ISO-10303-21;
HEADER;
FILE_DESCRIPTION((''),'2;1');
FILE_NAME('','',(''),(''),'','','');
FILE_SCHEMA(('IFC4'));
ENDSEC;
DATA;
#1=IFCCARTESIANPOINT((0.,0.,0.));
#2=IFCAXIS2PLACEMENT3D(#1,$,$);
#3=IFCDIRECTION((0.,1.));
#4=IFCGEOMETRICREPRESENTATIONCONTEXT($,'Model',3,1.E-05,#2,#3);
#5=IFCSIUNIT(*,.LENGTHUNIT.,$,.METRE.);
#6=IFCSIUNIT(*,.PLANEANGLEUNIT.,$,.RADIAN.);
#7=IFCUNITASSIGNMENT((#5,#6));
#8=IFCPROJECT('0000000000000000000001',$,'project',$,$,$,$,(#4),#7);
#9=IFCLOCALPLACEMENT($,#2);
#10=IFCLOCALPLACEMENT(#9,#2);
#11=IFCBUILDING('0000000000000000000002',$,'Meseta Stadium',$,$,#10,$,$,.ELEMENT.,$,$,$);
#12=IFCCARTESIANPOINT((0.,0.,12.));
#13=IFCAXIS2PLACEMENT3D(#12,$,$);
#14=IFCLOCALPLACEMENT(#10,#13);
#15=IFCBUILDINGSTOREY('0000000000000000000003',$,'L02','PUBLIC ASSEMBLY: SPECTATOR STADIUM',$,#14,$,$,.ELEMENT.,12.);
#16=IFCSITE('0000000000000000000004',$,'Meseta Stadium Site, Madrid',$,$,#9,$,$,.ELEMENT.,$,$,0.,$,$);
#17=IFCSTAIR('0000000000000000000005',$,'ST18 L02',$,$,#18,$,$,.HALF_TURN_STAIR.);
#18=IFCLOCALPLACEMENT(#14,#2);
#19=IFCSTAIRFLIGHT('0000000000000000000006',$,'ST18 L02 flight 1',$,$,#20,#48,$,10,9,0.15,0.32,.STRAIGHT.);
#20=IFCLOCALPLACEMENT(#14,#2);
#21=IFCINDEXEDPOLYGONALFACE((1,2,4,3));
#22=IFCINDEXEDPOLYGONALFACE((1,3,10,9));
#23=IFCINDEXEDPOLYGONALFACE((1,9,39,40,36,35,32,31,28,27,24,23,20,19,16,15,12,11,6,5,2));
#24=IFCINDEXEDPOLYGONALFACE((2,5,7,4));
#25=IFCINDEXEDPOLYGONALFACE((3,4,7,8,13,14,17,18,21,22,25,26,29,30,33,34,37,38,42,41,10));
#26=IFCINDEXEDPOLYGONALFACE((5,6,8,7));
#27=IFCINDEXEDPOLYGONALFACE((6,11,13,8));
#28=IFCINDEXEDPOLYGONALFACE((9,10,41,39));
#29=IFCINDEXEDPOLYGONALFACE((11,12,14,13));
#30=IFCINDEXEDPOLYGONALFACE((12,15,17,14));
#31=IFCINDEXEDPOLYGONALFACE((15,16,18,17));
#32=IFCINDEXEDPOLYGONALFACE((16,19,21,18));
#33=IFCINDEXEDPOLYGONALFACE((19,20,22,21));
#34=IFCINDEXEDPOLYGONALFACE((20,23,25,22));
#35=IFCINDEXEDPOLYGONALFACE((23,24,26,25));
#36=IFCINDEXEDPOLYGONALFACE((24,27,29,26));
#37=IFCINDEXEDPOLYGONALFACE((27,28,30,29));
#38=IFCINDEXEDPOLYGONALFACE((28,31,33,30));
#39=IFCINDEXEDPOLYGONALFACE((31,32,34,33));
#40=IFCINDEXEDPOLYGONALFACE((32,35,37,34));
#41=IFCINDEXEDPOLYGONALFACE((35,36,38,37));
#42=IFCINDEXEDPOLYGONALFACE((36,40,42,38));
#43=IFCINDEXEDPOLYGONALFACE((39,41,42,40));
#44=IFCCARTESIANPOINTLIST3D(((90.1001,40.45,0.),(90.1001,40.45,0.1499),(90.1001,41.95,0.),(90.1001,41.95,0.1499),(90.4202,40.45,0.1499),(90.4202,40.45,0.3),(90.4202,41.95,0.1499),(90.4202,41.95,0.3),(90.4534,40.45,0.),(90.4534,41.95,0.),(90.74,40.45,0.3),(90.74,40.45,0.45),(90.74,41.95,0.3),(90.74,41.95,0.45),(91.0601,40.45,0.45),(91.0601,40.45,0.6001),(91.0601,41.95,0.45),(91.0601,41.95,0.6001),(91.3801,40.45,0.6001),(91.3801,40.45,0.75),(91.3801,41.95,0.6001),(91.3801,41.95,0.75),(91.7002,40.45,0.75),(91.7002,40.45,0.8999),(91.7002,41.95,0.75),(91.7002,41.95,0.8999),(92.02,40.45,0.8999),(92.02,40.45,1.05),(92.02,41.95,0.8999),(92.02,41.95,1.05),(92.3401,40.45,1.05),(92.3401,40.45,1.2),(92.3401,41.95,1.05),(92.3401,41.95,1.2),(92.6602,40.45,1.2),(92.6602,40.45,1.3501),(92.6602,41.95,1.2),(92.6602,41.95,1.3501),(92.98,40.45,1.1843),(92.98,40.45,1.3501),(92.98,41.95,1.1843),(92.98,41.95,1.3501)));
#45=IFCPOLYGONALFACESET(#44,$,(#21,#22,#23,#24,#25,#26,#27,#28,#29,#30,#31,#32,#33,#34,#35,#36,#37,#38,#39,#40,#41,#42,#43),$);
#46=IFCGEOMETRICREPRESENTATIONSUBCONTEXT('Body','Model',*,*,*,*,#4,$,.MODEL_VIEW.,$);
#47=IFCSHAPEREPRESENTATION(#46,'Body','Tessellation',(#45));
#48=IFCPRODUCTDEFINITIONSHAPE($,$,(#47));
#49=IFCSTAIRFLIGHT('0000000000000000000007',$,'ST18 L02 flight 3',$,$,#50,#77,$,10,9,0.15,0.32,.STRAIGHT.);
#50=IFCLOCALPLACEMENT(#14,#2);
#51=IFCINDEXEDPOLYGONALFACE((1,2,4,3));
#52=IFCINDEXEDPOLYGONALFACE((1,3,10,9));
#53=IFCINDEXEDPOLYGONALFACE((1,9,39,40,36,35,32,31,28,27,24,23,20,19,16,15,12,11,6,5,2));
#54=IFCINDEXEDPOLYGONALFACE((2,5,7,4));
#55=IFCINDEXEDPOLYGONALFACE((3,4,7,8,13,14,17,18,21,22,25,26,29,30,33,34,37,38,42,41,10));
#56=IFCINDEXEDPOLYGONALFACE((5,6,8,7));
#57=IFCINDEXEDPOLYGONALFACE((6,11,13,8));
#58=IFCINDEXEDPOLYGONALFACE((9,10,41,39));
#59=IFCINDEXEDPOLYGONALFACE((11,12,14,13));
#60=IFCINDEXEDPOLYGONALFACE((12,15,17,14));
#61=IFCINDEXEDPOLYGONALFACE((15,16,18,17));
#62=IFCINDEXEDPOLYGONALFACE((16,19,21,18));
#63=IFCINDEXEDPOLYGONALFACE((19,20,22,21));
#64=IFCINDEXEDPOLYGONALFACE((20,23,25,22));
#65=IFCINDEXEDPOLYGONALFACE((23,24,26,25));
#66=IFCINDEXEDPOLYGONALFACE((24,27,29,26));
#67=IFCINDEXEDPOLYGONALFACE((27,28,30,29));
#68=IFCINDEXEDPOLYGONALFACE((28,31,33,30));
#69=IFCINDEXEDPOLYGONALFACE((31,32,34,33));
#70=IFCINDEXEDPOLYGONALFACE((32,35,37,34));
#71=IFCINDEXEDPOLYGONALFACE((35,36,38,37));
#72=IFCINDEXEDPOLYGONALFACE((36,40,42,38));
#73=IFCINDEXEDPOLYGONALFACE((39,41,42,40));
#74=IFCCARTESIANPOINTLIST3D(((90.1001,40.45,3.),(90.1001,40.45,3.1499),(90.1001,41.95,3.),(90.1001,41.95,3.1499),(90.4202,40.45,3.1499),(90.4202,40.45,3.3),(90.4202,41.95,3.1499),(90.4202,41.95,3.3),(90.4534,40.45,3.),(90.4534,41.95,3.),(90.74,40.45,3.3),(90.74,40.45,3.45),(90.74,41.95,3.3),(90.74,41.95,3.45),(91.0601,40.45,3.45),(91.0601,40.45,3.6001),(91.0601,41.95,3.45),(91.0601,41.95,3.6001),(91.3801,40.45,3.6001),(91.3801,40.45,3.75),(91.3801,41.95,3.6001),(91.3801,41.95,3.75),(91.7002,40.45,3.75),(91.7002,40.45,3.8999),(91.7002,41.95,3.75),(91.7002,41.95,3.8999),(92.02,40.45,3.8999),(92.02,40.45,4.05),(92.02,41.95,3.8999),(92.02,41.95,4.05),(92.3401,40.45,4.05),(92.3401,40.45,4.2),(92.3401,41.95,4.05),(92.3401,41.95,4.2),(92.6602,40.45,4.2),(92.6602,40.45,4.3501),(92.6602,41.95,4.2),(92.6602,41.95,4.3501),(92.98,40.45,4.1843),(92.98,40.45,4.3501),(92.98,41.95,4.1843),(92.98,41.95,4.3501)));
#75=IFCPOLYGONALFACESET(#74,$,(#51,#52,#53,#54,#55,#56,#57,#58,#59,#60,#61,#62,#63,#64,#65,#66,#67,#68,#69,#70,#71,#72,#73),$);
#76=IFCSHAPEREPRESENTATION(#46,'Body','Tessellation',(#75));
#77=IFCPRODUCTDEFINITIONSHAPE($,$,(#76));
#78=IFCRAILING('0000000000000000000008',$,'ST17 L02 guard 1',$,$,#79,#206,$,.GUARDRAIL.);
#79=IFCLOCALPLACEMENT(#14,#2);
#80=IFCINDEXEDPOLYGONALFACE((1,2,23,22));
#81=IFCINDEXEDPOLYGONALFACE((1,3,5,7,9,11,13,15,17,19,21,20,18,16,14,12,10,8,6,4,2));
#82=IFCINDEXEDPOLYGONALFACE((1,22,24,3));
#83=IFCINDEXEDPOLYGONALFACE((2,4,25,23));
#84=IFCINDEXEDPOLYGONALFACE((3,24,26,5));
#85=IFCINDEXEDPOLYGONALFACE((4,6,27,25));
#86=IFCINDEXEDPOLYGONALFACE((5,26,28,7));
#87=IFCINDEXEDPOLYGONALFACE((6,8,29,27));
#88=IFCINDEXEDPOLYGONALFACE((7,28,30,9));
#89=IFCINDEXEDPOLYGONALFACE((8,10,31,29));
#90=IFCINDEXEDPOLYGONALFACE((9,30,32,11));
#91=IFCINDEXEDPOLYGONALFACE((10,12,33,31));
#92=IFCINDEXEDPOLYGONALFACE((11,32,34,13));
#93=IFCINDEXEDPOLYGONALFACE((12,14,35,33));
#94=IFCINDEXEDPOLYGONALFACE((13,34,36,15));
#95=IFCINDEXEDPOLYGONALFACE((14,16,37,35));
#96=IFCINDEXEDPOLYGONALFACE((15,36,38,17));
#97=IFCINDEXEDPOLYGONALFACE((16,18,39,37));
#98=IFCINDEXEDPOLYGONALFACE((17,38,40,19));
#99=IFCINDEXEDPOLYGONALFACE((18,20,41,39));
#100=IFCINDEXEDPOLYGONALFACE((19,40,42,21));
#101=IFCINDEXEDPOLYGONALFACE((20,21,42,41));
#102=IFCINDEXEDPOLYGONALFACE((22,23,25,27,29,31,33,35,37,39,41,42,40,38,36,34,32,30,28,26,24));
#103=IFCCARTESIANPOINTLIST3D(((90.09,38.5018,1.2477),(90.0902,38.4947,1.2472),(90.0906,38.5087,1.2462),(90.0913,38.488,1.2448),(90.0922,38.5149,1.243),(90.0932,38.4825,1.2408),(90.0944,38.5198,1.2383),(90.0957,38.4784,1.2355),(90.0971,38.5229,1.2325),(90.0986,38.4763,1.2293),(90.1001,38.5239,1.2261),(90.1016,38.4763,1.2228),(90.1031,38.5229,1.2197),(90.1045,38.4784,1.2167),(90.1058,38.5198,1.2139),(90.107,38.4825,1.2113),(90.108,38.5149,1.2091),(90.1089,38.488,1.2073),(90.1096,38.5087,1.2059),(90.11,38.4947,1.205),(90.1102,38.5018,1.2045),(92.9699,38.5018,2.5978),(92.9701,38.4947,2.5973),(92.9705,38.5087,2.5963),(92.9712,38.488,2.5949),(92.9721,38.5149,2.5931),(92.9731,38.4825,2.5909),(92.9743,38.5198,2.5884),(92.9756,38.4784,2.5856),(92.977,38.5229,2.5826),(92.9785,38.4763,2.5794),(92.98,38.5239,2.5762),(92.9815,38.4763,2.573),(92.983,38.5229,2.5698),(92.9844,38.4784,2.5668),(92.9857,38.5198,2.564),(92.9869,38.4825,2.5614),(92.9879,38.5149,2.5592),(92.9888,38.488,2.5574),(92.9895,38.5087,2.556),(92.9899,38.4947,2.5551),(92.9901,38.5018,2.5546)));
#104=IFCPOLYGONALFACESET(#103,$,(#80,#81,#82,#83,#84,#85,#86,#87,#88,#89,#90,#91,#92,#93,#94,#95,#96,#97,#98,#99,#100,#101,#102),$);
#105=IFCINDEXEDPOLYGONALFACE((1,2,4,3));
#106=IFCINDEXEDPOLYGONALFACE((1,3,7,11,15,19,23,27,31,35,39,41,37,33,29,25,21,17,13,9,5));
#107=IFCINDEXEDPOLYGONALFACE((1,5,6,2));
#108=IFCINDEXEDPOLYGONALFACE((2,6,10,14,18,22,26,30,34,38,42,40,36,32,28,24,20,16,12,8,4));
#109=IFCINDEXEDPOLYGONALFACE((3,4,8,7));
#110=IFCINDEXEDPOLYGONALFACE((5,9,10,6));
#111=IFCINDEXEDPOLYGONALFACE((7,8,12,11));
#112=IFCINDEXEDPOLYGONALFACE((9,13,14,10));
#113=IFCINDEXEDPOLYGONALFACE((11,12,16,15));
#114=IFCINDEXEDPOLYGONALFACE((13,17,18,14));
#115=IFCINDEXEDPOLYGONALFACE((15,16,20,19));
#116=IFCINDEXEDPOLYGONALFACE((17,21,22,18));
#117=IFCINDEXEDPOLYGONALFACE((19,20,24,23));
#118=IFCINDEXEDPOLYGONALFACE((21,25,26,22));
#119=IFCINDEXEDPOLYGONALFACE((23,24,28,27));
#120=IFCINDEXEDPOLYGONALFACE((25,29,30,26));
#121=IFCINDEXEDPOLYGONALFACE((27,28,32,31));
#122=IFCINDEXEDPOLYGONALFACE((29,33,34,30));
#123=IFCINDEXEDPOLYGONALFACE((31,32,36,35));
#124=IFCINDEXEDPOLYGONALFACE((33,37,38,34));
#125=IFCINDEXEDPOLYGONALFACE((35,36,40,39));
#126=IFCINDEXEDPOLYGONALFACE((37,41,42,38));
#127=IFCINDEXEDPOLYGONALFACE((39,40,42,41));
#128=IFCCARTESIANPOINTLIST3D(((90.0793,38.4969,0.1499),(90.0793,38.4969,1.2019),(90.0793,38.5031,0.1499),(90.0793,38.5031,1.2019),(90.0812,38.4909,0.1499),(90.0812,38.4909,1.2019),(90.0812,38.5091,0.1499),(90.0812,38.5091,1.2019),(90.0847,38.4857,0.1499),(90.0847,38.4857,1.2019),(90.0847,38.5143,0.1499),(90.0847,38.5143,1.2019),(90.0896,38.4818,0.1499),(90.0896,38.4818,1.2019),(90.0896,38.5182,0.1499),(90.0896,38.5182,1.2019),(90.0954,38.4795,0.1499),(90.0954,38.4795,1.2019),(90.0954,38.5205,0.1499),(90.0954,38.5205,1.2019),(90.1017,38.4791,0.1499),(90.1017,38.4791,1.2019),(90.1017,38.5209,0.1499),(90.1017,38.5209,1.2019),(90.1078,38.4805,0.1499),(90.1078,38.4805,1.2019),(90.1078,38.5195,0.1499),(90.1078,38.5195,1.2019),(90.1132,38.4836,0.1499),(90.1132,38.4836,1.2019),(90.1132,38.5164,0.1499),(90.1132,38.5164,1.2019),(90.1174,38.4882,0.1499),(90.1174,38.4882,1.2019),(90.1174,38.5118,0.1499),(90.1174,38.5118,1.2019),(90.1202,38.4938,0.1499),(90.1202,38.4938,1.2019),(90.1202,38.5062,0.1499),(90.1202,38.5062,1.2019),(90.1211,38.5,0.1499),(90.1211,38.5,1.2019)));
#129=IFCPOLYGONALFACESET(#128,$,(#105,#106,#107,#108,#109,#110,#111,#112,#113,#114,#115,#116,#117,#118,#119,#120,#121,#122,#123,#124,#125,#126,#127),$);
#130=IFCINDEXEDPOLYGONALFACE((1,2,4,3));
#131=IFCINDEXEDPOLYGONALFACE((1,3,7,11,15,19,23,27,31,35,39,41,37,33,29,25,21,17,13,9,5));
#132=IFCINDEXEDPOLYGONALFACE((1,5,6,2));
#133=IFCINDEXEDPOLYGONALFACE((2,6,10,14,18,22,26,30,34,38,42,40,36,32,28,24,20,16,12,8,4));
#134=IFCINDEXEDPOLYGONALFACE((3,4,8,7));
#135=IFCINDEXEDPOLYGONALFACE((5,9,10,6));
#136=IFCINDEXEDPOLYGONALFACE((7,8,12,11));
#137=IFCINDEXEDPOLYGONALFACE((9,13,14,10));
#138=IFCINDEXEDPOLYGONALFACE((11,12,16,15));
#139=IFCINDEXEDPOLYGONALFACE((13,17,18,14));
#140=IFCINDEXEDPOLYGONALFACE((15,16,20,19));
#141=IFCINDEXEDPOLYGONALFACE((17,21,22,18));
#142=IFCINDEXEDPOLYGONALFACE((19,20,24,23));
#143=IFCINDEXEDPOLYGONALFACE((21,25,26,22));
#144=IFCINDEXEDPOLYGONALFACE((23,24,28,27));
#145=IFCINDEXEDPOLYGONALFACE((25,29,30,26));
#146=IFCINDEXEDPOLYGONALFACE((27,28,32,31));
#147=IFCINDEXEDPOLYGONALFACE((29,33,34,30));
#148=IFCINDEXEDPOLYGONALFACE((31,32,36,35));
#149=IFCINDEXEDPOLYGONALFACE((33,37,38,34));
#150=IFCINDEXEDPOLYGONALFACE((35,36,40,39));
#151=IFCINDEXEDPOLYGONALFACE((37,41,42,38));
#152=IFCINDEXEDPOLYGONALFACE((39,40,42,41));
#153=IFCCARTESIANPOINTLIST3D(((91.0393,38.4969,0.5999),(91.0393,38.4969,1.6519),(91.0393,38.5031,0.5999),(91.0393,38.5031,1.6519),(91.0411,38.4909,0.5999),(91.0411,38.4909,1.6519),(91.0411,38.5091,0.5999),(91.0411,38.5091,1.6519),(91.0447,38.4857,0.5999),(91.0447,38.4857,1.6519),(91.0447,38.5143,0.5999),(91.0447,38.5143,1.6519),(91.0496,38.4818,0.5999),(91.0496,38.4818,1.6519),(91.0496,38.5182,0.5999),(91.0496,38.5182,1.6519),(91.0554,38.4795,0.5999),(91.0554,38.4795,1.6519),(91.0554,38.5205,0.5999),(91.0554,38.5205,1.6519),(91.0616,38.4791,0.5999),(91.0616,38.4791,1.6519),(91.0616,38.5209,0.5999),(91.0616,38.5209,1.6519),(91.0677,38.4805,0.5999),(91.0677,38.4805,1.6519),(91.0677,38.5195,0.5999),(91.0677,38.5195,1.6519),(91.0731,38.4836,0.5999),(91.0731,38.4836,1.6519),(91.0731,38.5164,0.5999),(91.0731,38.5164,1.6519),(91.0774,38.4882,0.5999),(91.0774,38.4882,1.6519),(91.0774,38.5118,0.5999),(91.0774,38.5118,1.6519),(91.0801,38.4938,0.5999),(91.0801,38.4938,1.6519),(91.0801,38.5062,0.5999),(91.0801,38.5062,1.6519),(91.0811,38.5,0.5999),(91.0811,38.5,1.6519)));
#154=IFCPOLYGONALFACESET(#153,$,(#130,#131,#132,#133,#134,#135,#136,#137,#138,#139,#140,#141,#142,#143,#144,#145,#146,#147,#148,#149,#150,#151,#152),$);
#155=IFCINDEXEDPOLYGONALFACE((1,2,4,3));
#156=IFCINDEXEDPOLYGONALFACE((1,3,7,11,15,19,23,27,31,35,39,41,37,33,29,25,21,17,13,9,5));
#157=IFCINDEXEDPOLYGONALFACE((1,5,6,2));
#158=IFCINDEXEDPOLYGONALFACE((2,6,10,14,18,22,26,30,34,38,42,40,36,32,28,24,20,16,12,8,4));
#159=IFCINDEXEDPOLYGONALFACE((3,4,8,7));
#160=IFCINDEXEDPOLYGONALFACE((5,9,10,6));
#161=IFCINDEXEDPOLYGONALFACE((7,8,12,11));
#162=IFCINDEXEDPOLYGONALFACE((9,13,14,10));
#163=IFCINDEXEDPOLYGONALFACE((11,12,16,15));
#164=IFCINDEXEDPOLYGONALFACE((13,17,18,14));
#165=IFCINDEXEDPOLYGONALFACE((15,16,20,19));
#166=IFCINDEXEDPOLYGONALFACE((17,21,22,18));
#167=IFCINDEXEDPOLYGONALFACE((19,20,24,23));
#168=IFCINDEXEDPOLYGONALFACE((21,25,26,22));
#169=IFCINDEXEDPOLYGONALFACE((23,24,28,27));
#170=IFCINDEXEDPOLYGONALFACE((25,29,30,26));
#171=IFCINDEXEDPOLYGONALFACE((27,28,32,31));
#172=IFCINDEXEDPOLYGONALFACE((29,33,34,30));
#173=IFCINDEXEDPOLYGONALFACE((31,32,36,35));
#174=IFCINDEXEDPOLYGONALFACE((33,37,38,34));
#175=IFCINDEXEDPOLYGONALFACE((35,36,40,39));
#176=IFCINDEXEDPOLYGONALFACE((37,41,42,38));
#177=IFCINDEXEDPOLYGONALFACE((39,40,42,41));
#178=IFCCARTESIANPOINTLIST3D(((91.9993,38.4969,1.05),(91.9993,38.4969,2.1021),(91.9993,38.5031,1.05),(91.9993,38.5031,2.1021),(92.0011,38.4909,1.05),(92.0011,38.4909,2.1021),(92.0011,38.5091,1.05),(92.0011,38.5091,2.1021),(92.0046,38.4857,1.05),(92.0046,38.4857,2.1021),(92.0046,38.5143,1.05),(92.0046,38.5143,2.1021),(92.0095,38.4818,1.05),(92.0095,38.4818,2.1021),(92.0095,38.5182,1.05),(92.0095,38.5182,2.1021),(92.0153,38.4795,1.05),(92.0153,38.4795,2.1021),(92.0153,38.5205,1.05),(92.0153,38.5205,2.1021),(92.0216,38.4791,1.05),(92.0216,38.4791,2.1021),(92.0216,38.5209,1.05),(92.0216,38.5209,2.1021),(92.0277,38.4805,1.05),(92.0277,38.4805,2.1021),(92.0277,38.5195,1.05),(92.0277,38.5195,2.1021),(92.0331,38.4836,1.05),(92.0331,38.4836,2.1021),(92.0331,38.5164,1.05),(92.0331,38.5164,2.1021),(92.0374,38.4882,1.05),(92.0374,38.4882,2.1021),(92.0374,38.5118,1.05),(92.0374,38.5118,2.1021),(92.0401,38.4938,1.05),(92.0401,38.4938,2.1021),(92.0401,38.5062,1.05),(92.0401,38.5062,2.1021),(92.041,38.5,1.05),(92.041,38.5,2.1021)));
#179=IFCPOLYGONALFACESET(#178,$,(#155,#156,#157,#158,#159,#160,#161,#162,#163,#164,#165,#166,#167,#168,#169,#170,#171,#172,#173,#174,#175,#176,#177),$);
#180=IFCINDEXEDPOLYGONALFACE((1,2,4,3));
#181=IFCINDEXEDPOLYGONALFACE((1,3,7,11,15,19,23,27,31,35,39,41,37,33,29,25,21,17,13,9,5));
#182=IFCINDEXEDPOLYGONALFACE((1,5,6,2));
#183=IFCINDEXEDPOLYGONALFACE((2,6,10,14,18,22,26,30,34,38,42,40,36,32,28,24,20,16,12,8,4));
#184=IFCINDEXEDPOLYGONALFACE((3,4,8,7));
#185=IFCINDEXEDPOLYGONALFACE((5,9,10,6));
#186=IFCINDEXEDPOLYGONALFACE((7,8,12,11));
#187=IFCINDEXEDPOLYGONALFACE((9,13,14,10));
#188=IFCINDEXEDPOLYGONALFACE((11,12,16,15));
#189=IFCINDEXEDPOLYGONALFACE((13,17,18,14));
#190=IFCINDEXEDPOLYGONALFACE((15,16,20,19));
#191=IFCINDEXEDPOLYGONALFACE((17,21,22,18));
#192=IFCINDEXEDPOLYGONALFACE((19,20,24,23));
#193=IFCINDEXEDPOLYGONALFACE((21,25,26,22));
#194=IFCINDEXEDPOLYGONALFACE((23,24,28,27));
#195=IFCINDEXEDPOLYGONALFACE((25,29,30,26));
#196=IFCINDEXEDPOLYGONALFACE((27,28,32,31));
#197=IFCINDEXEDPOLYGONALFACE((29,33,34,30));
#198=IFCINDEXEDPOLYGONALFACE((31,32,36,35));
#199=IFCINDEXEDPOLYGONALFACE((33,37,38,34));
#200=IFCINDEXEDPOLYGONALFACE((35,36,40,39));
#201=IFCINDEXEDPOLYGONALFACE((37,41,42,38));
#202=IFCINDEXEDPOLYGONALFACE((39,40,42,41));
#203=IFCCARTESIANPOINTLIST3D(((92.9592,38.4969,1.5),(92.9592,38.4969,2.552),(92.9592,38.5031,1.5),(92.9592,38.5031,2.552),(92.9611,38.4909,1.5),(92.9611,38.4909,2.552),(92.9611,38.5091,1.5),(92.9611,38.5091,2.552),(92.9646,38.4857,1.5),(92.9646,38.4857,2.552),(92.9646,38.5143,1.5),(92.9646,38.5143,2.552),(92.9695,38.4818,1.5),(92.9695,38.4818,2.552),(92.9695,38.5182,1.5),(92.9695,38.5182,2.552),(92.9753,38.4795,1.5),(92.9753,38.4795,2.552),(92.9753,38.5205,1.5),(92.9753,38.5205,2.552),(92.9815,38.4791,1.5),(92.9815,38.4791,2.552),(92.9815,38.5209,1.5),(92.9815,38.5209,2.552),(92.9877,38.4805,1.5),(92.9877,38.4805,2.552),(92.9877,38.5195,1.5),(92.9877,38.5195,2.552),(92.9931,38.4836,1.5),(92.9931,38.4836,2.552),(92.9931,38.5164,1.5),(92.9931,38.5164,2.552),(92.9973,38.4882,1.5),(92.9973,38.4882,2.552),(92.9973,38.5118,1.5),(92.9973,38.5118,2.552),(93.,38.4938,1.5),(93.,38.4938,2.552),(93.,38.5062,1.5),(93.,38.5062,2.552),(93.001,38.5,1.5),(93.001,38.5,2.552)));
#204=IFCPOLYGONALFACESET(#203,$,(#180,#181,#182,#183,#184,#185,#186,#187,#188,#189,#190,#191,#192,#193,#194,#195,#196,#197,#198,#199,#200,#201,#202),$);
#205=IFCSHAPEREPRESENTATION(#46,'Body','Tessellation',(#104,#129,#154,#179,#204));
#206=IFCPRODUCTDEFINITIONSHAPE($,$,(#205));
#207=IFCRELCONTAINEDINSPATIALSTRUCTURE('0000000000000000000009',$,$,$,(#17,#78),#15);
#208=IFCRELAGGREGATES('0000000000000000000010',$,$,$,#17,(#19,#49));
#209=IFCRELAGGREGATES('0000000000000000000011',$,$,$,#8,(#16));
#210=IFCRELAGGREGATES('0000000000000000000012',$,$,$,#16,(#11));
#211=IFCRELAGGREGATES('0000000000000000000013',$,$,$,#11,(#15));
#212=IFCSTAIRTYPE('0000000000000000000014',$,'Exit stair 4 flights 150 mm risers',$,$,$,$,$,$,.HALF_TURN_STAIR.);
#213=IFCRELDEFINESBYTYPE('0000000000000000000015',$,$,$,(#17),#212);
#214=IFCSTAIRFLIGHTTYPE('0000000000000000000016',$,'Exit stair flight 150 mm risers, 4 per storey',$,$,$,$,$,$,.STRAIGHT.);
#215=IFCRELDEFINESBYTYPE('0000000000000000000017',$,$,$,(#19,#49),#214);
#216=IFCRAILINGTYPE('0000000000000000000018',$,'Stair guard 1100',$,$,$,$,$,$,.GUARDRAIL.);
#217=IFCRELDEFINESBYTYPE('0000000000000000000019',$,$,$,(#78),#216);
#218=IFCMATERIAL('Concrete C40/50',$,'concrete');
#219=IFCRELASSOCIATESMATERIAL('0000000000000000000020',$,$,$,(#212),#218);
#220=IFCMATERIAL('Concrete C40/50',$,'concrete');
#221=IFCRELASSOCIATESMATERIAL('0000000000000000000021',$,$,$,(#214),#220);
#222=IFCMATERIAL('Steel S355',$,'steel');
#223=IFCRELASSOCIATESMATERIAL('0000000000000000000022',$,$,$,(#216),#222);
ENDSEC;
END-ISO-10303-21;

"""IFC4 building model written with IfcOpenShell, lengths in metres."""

from ifc_helpers import new_model, si_unit, direction, frame, origin, origin_2d, place, context, subcontext, project, spatial, polyline, circle, outline, extrude, material, type_object, element, aggregate, save


model = new_model("IFC4")

# Units and contexts
model_context = context("Model", 3, precision=1e-05, world=origin(), true_north=direction((0.0, 1.0)))
body_context = subcontext(model_context, "Body", "Model", "MODEL_VIEW")
ifc_project = project(units=[si_unit("LENGTHUNIT", "METRE"), si_unit("PLANEANGLEUNIT", "RADIAN")], contexts=[model_context])

# Site, building, storey
site_placement = place(None, origin())
site = spatial("IfcSite", under=ifc_project, at=site_placement, Name="Meseta Stadium Site, Madrid", CompositionType="ELEMENT", RefElevation=0.0)
building_placement = place(site_placement, origin())
building = spatial("IfcBuilding", under=site, at=building_placement, Name="Meseta Stadium", CompositionType="ELEMENT")
storey_placement = place(building_placement, frame((0.0, 0.0, 12.0)))
storey = spatial("IfcBuildingStorey", under=building, at=storey_placement, Name="L02", Description="PUBLIC ASSEMBLY: SPECTATOR STADIUM", CompositionType="ELEMENT", Elevation=12.0)

# Stair, stair flights
ifc_material_1 = material(Name="Concrete C40/50", Category="concrete")
stair_type = type_object("IfcStairType", Name="Exit stair 4 flights 150 mm risers", PredefinedType="HALF_TURN_STAIR", material=ifc_material_1)
ifc_material_2 = material(Name="Concrete C40/50", Category="concrete")
stair_flight_type = type_object("IfcStairFlightType", Name="Exit stair flight 150 mm risers, 4 per storey", PredefinedType="STRAIGHT", material=ifc_material_2)
stair_1_placement = place(storey_placement, origin())
stair_1 = element("IfcStair", 1, at=stair_1_placement, inside=storey, type_object=stair_type, Name="ST18 L02", PredefinedType="HALF_TURN_STAIR")
stair_flight_1_placement = place(storey_placement, frame((90.1001, 41.2, 0.0), z_axis=(0.0, 0.0, 1.0), x_axis=(1.0, 0.0, 0.0)))
stair_flight_1 = element("IfcStairFlight", 2, at=stair_flight_1_placement, type_object=stair_flight_type, Name="ST18 L02 flight 1", NumberOfRisers=10, NumberOfTreads=9, PredefinedType="STRAIGHT", RiserHeight=0.15, TreadLength=0.32, context=body_context, shape_type="SweptSolid", body=[
    extrude(outline(polyline([(0.0, 0.0), (0.0, 0.1499), (0.3201, 0.1499), (0.3201, 0.3), (0.6399, 0.3), (0.6399, 0.45), (0.96, 0.45), (0.96, 0.6001), (1.28, 0.6001), (1.28, 0.75), (1.6001, 0.75), (1.6001, 0.8999), (1.9199, 0.8999), (1.9199, 1.05), (2.24, 1.05), (2.24, 1.2), (2.5601, 1.2), (2.5601, 1.3501), (2.8799, 1.3501), (2.8799, 1.1843), (0.3533, 0.0), (0.0, 0.0)])), frame((0.0, 0.75, 0.0), z_axis=(0.0, -1.0, 0.0), x_axis=(1.0, 0.0, 0.0)), (0.0, 0.0, 1.0), 1.5),
])
stair_flight_2_placement = place(storey_placement, frame((90.1001, 41.2, 3.0), z_axis=(0.0, 0.0, 1.0), x_axis=(1.0, 0.0, 0.0)))
stair_flight_2 = element("IfcStairFlight", 3, at=stair_flight_2_placement, type_object=stair_flight_type, Name="ST18 L02 flight 3", NumberOfRisers=10, NumberOfTreads=9, PredefinedType="STRAIGHT", RiserHeight=0.15, TreadLength=0.32, context=body_context, shape_type="SweptSolid", body=[
    extrude(outline(polyline([(0.0, 0.0), (0.0, 0.1499), (0.3201, 0.1499), (0.3201, 0.3), (0.6399, 0.3), (0.6399, 0.45), (0.96, 0.45), (0.96, 0.6001), (1.28, 0.6001), (1.28, 0.75), (1.6001, 0.75), (1.6001, 0.8999), (1.9199, 0.8999), (1.9199, 1.05), (2.24, 1.05), (2.24, 1.2), (2.5601, 1.2), (2.5601, 1.3501), (2.8799, 1.3501), (2.8799, 1.1843), (0.3533, 0.0), (0.0, 0.0)])), frame((0.0, 0.75, 0.0), z_axis=(0.0, -1.0, 0.0), x_axis=(1.0, 0.0, 0.0)), (0.0, 0.0, 1.0), 1.5),
])
aggregate(stair_1, [stair_flight_1, stair_flight_2])

# Railing
ifc_material_3 = material(Name="Steel S355", Category="steel")
railing_type_1 = type_object("IfcRailingType", Name="Stair guard 1100", PredefinedType="GUARDRAIL", material=ifc_material_3)
railing_1_placement = place(storey_placement, frame((90.1001, 38.5, 0.1499)))
element("IfcRailing", 4, at=railing_1_placement, inside=storey, type_object=railing_type_1, Name="ST17 L02 guard 1", PredefinedType="GUARDRAIL", context=body_context, shape_type="SweptSolid", body=[
    extrude(circle(Radius=0.0239, at=origin_2d()), frame((0.0, 0.0, 1.0762), z_axis=(0.90544, 0.0, 0.424473), x_axis=(0.0, 1.0, 0.0)), (0.0, 0.0, 1.0), 3.1807),
    extrude(circle(Radius=0.021, at=origin_2d()), origin(), (0.0, 0.0, 1.0), 1.052),
    extrude(circle(Radius=0.021, at=origin_2d()), frame((0.96, 0.0, 0.45)), (0.0, 0.0, 1.0), 1.052),
    extrude(circle(Radius=0.021, at=origin_2d()), frame((1.9199, 0.0, 0.9001)), (0.0, 0.0, 1.0), 1.052),
    extrude(circle(Radius=0.021, at=origin_2d()), frame((2.8799, 0.0, 1.3501)), (0.0, 0.0, 1.0), 1.052),
])

save(model, "model.ifc")
